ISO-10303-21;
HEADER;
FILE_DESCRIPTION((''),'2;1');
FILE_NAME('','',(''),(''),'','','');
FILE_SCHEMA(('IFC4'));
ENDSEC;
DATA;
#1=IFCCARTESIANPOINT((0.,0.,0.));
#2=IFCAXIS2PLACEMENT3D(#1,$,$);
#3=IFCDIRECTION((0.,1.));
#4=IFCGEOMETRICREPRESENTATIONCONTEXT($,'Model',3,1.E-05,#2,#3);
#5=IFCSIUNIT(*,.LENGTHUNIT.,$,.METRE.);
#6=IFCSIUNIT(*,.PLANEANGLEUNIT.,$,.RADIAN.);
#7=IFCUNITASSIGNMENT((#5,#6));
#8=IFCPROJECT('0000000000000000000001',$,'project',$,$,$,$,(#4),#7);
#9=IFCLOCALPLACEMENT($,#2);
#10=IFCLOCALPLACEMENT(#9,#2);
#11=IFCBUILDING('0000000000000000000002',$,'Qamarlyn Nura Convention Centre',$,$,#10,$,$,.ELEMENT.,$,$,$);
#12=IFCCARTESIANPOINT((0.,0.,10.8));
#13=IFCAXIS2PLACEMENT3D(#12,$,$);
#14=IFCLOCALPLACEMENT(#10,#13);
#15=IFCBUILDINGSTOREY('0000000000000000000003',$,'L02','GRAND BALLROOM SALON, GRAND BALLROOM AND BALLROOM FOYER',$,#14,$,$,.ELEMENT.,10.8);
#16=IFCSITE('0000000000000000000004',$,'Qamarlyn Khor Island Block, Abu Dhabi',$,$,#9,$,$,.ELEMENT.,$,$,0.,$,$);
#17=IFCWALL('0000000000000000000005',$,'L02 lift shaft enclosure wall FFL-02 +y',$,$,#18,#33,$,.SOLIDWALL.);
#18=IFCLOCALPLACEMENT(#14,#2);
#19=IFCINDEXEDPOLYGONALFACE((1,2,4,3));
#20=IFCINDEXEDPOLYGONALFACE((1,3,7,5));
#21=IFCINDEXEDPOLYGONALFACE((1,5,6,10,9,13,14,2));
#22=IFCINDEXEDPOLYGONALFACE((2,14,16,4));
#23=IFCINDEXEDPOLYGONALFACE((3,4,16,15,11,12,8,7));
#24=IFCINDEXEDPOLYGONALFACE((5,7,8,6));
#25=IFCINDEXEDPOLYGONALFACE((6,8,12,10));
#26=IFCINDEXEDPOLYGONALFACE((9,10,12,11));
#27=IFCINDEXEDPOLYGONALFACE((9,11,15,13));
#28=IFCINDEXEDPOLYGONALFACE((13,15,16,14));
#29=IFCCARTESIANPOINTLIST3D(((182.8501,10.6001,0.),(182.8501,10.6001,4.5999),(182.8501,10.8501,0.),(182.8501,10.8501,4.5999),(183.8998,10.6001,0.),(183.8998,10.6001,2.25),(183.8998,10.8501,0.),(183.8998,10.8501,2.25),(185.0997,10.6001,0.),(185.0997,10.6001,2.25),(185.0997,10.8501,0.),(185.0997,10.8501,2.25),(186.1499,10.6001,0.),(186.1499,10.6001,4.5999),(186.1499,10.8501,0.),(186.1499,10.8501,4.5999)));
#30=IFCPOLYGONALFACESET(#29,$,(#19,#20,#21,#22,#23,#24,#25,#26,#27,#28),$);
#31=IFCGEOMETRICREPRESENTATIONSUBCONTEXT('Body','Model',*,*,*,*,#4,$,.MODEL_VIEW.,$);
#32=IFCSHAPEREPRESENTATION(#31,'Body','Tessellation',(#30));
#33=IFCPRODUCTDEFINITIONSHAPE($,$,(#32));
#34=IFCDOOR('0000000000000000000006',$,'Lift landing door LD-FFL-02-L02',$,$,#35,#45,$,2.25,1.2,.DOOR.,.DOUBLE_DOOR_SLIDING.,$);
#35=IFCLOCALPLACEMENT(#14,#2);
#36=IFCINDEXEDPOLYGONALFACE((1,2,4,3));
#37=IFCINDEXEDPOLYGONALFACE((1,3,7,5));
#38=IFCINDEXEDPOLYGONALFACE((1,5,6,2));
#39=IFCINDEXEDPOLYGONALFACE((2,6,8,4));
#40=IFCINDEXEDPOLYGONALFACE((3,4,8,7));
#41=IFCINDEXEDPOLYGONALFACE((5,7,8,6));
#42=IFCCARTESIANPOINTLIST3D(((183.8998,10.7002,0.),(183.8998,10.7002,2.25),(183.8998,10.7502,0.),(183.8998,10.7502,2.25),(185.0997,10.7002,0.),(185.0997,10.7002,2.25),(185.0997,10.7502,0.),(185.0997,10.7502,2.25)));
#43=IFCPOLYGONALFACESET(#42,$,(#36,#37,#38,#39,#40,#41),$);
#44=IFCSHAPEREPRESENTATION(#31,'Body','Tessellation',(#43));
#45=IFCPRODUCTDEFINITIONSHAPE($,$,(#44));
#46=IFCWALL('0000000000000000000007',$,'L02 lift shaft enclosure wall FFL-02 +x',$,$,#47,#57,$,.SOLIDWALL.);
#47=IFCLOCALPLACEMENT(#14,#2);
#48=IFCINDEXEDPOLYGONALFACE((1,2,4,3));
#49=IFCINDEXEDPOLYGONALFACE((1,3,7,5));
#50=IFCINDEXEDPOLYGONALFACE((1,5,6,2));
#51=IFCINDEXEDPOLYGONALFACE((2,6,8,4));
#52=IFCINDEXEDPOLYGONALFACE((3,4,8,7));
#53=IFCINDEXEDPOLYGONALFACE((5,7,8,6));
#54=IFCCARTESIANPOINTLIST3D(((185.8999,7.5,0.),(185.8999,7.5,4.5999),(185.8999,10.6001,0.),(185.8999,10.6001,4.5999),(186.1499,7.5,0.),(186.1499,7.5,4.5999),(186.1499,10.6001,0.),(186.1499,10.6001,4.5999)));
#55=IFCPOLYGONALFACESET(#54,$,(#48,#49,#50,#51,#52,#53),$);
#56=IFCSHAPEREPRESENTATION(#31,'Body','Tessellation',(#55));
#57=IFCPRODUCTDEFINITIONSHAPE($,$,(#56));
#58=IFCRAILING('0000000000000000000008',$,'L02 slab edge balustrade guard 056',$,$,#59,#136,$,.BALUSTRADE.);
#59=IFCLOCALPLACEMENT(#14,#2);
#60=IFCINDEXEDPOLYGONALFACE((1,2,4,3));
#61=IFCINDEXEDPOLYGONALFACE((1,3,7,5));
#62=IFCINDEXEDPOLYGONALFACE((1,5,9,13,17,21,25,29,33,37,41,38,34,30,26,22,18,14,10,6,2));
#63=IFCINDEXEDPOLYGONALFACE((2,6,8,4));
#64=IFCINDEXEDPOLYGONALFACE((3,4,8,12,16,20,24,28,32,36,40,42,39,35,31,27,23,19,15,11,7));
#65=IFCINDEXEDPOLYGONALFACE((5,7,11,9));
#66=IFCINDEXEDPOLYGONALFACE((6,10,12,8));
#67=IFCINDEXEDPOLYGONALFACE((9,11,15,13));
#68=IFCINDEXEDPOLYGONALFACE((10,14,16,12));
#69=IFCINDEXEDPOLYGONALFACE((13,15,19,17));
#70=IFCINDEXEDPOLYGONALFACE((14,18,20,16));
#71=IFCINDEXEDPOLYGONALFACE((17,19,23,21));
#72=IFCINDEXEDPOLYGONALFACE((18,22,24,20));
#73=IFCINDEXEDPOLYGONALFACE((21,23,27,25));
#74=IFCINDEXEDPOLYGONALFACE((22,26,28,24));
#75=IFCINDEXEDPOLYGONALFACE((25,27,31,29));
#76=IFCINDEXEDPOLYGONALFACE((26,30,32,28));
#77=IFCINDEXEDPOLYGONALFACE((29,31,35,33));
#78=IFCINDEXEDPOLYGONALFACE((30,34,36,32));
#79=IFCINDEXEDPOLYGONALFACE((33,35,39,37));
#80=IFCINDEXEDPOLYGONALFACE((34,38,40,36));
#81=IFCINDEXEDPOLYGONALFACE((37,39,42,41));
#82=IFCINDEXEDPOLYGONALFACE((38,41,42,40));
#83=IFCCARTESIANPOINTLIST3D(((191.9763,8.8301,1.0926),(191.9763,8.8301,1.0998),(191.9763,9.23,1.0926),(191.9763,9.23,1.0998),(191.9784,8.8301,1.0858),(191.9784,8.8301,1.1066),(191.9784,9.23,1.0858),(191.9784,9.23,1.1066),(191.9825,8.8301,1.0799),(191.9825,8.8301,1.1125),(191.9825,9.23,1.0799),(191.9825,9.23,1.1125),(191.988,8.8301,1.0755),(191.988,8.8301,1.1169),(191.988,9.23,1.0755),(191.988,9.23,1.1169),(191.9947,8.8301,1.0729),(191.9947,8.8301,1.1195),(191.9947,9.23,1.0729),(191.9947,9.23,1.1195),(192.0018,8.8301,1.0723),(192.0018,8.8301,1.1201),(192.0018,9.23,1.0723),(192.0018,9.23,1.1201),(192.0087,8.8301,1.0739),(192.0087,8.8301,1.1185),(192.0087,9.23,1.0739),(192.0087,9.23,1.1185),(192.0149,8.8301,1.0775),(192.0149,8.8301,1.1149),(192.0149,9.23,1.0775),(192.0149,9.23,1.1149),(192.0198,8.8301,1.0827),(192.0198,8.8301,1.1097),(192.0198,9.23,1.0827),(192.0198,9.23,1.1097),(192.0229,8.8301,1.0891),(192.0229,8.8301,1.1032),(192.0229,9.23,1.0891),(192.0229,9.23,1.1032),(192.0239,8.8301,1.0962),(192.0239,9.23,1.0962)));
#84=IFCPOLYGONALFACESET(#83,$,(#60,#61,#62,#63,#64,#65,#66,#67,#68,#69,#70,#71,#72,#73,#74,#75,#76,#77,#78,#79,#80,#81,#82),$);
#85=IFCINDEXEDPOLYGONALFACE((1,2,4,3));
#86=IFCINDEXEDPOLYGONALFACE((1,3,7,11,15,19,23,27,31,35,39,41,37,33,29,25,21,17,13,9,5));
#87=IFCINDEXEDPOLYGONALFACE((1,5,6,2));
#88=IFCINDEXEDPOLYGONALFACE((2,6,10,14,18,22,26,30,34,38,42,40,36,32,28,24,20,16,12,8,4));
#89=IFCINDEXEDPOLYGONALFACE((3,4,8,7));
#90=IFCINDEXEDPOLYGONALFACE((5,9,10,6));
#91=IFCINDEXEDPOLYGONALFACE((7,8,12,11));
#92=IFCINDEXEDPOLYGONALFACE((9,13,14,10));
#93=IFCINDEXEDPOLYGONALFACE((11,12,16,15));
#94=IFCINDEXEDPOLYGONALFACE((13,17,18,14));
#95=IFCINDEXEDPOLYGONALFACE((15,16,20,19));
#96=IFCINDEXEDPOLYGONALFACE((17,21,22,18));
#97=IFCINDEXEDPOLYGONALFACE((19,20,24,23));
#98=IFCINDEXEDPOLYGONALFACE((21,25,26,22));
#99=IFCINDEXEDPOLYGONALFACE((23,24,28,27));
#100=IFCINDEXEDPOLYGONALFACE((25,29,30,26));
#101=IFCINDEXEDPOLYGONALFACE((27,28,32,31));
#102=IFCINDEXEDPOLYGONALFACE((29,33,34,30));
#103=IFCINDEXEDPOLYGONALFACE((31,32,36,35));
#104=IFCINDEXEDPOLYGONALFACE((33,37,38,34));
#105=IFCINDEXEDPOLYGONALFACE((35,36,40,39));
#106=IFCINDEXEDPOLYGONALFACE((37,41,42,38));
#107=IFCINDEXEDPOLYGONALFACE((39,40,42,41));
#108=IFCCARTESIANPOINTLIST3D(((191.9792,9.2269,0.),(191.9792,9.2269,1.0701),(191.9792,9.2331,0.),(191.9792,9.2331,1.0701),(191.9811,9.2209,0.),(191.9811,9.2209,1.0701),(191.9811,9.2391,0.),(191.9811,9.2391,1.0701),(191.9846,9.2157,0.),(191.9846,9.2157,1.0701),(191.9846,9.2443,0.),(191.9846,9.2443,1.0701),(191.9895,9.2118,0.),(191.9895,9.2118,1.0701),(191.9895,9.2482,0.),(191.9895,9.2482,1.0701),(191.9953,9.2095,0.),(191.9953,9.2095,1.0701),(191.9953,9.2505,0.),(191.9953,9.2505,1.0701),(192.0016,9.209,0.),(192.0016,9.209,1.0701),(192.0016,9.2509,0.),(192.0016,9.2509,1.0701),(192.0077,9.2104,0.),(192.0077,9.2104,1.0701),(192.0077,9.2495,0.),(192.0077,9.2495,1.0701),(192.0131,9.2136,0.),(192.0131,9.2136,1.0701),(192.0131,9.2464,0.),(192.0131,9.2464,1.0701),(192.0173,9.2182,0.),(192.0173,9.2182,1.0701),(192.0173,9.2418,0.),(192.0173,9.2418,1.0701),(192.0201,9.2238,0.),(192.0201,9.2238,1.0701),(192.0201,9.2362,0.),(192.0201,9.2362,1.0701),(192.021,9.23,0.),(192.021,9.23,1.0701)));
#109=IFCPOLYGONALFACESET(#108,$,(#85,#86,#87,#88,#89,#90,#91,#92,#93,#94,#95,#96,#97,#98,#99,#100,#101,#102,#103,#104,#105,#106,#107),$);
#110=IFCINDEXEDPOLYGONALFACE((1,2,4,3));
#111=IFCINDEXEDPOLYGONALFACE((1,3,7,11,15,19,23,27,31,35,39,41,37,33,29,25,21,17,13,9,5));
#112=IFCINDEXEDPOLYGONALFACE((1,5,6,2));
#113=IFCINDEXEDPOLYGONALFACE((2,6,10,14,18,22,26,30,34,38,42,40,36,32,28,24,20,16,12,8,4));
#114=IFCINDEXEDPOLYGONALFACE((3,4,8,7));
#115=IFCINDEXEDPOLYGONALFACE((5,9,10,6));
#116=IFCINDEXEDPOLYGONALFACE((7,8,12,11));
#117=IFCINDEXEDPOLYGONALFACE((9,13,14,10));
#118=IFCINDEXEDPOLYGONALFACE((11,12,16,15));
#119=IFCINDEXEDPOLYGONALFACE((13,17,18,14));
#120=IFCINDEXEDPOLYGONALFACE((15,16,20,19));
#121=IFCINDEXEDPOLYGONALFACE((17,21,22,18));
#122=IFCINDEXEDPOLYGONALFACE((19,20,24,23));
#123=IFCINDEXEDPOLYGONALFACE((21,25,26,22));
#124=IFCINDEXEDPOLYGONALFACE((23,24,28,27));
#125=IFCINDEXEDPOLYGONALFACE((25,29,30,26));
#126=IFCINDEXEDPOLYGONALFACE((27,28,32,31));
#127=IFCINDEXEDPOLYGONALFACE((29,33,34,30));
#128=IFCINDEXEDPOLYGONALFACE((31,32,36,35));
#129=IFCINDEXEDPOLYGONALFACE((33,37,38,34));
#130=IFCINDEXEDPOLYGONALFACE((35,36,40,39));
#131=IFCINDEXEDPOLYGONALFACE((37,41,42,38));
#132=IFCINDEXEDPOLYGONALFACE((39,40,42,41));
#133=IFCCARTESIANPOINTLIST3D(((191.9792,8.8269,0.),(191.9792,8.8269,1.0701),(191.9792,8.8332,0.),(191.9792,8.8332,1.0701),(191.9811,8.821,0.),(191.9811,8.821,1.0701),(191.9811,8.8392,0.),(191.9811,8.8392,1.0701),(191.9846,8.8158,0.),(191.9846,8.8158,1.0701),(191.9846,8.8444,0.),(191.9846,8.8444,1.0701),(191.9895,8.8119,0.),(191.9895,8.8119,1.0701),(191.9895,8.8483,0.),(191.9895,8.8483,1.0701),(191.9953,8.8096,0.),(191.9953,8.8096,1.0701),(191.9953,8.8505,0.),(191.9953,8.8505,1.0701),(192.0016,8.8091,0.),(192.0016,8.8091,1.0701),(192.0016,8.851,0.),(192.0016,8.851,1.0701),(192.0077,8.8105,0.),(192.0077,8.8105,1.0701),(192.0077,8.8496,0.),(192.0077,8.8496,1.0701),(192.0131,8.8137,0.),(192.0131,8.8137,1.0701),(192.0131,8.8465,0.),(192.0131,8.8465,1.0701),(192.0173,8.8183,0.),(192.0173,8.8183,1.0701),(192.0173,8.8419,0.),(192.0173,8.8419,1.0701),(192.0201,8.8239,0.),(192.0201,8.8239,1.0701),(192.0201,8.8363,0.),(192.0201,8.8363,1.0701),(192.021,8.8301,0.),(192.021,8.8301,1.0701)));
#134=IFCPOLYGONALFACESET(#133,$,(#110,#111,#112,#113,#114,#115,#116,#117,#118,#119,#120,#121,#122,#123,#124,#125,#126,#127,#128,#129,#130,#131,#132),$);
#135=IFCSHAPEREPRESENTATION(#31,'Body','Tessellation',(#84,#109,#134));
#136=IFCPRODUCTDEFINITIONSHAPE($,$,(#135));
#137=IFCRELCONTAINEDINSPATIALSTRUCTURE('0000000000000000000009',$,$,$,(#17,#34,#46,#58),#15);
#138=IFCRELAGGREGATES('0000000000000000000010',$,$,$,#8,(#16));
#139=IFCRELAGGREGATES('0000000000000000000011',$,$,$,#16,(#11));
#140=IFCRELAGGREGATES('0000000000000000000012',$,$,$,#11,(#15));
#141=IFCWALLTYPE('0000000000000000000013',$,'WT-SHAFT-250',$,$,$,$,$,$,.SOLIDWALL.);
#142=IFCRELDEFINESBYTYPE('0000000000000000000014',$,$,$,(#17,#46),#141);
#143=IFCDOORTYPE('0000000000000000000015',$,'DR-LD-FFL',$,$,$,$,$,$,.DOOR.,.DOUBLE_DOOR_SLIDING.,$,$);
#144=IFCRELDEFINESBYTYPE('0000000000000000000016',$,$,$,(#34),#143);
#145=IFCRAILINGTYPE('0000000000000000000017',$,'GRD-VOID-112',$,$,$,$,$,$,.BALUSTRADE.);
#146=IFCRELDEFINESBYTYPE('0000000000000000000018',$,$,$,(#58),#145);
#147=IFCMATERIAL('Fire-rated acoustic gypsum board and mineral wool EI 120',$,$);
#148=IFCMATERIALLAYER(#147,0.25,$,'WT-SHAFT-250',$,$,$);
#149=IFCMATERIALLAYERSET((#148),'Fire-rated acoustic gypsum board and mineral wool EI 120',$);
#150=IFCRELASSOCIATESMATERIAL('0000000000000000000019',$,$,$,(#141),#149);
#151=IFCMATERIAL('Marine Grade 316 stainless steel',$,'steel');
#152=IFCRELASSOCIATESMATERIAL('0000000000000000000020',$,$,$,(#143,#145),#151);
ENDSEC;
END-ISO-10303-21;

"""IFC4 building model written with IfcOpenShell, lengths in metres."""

from ifc_helpers import new_model, si_unit, direction, frame, frame_2d, origin, origin_2d, place, context, subcontext, project, spatial, rectangle, circle, extrude, material, layer, layer_set, type_object, element, fill, save


model = new_model("IFC4")

# Units and contexts
model_context = context("Model", 3, precision=1e-05, world=origin(), true_north=direction((0.0, 1.0)))
body_context = subcontext(model_context, "Body", "Model", "MODEL_VIEW")
ifc_project = project(units=[si_unit("LENGTHUNIT", "METRE"), si_unit("PLANEANGLEUNIT", "RADIAN")], contexts=[model_context])

# Site, building, storey
site_placement = place(None, origin())
site = spatial("IfcSite", under=ifc_project, at=site_placement, Name="Qamarlyn Khor Island Block, Abu Dhabi", CompositionType="ELEMENT", RefElevation=0.0)
building_placement = place(site_placement, origin())
building = spatial("IfcBuilding", under=site, at=building_placement, Name="Qamarlyn Nura Convention Centre", CompositionType="ELEMENT")
storey_placement = place(building_placement, frame((0.0, 0.0, 10.8)))
storey = spatial("IfcBuildingStorey", under=building, at=storey_placement, Name="L02", Description="GRAND BALLROOM SALON, GRAND BALLROOM AND BALLROOM FOYER", CompositionType="ELEMENT", Elevation=10.8)

# Shared definitions
ifc_material_1 = material(Name="Fire-rated acoustic gypsum board and mineral wool EI 120")

# Wall, opening, door
ifc_layer_1 = layer(ifc_material_1, 0.25, Name="WT-SHAFT-250")
ifc_layer_set_1 = layer_set([ifc_layer_1], Name="Fire-rated acoustic gypsum board and mineral wool EI 120")
wall_type_1 = type_object("IfcWallType", Name="WT-SHAFT-250", PredefinedType="SOLIDWALL", material=ifc_layer_set_1)
wall_1_placement = place(storey_placement, frame((186.1499, 10.7251, 0.0), z_axis=(0.0, 0.0, 1.0), x_axis=(-1.0, 0.0, 0.0)))
wall_1 = element("IfcWall", 1, at=wall_1_placement, inside=storey, type_object=wall_type_1, Name="L02 lift shaft enclosure wall FFL-02 +y", PredefinedType="SOLIDWALL", context=body_context, shape_type="SweptSolid", body=[
    extrude(rectangle(XDim=3.2998, YDim=0.25, at=frame_2d((1.6499, 0.0))), origin(), (0.0, 0.0, 1.0), 4.5999),
])
opening_1_placement = place(wall_1_placement, frame((1.05, 0.0, 0.0)))
opening_1 = element("IfcOpeningElement", 2, at=opening_1_placement, cuts=wall_1, PredefinedType="OPENING", context=body_context, shape_type="SweptSolid", body=[
    extrude(rectangle(XDim=1.2, YDim=2.25, at=frame_2d((0.6001, 1.125))), frame((0.0, 0.135, 0.0), z_axis=(0.0, -1.0, 0.0), x_axis=(1.0, 0.0, 0.0)), (0.0, 0.0, 1.0), 0.27),
])
ifc_material_2 = material(Name="Marine Grade 316 stainless steel", Category="steel")
door_type_1 = type_object("IfcDoorType", Name="DR-LD-FFL", OperationType="DOUBLE_DOOR_SLIDING", PredefinedType="DOOR", material=ifc_material_2)
door_1_placement = place(opening_1_placement, origin())
door_1 = element("IfcDoor", 3, at=door_1_placement, inside=storey, type_object=door_type_1, Name="Lift landing door LD-FFL-02-L02", OperationType="DOUBLE_DOOR_SLIDING", OverallHeight=2.25, OverallWidth=1.2, PredefinedType="DOOR", context=body_context, shape_type="SweptSolid", body=[
    extrude(rectangle(XDim=1.2, YDim=2.25, at=frame_2d((0.6001, 1.125))), frame((0.0, 0.0249, 0.0), z_axis=(0.0, -1.0, 0.0), x_axis=(1.0, 0.0, 0.0)), (0.0, 0.0, 1.0), 0.05),
])
fill(opening_1, door_1)

# Wall
wall_2_placement = place(storey_placement, frame((186.0249, 7.5, 0.0), z_axis=(0.0, 0.0, 1.0), x_axis=(0.0, 1.0, 0.0)))
element("IfcWall", 4, at=wall_2_placement, inside=storey, type_object=wall_type_1, Name="L02 lift shaft enclosure wall FFL-02 +x", PredefinedType="SOLIDWALL", context=body_context, shape_type="SweptSolid", body=[
    extrude(rectangle(XDim=3.1001, YDim=0.25, at=frame_2d((1.55, 0.0))), origin(), (0.0, 0.0, 1.0), 4.5999),
])

# Railing
railing_type = type_object("IfcRailingType", Name="GRD-VOID-112", PredefinedType="BALUSTRADE", material=ifc_material_2)
railing_placement = place(storey_placement, frame((192.0, 9.23, 0.0)))
element("IfcRailing", 5, at=railing_placement, inside=storey, type_object=railing_type, Name="L02 slab edge balustrade guard 056", PredefinedType="BALUSTRADE", context=body_context, shape_type="SweptSolid", body=[
    extrude(circle(Radius=0.0239, at=origin_2d()), frame((0.0, 0.0, 1.0962), z_axis=(0.0, -1.0, 0.0), x_axis=(1.0, 0.0, 0.0)), (0.0, 0.0, 1.0), 0.3999),
    extrude(circle(Radius=0.021, at=origin_2d()), origin(), (0.0, 0.0, 1.0), 1.0701),
    extrude(circle(Radius=0.021, at=origin_2d()), frame((0.0, -0.3999, 0.0)), (0.0, 0.0, 1.0), 1.0701),
])

save(model, "model.ifc")
